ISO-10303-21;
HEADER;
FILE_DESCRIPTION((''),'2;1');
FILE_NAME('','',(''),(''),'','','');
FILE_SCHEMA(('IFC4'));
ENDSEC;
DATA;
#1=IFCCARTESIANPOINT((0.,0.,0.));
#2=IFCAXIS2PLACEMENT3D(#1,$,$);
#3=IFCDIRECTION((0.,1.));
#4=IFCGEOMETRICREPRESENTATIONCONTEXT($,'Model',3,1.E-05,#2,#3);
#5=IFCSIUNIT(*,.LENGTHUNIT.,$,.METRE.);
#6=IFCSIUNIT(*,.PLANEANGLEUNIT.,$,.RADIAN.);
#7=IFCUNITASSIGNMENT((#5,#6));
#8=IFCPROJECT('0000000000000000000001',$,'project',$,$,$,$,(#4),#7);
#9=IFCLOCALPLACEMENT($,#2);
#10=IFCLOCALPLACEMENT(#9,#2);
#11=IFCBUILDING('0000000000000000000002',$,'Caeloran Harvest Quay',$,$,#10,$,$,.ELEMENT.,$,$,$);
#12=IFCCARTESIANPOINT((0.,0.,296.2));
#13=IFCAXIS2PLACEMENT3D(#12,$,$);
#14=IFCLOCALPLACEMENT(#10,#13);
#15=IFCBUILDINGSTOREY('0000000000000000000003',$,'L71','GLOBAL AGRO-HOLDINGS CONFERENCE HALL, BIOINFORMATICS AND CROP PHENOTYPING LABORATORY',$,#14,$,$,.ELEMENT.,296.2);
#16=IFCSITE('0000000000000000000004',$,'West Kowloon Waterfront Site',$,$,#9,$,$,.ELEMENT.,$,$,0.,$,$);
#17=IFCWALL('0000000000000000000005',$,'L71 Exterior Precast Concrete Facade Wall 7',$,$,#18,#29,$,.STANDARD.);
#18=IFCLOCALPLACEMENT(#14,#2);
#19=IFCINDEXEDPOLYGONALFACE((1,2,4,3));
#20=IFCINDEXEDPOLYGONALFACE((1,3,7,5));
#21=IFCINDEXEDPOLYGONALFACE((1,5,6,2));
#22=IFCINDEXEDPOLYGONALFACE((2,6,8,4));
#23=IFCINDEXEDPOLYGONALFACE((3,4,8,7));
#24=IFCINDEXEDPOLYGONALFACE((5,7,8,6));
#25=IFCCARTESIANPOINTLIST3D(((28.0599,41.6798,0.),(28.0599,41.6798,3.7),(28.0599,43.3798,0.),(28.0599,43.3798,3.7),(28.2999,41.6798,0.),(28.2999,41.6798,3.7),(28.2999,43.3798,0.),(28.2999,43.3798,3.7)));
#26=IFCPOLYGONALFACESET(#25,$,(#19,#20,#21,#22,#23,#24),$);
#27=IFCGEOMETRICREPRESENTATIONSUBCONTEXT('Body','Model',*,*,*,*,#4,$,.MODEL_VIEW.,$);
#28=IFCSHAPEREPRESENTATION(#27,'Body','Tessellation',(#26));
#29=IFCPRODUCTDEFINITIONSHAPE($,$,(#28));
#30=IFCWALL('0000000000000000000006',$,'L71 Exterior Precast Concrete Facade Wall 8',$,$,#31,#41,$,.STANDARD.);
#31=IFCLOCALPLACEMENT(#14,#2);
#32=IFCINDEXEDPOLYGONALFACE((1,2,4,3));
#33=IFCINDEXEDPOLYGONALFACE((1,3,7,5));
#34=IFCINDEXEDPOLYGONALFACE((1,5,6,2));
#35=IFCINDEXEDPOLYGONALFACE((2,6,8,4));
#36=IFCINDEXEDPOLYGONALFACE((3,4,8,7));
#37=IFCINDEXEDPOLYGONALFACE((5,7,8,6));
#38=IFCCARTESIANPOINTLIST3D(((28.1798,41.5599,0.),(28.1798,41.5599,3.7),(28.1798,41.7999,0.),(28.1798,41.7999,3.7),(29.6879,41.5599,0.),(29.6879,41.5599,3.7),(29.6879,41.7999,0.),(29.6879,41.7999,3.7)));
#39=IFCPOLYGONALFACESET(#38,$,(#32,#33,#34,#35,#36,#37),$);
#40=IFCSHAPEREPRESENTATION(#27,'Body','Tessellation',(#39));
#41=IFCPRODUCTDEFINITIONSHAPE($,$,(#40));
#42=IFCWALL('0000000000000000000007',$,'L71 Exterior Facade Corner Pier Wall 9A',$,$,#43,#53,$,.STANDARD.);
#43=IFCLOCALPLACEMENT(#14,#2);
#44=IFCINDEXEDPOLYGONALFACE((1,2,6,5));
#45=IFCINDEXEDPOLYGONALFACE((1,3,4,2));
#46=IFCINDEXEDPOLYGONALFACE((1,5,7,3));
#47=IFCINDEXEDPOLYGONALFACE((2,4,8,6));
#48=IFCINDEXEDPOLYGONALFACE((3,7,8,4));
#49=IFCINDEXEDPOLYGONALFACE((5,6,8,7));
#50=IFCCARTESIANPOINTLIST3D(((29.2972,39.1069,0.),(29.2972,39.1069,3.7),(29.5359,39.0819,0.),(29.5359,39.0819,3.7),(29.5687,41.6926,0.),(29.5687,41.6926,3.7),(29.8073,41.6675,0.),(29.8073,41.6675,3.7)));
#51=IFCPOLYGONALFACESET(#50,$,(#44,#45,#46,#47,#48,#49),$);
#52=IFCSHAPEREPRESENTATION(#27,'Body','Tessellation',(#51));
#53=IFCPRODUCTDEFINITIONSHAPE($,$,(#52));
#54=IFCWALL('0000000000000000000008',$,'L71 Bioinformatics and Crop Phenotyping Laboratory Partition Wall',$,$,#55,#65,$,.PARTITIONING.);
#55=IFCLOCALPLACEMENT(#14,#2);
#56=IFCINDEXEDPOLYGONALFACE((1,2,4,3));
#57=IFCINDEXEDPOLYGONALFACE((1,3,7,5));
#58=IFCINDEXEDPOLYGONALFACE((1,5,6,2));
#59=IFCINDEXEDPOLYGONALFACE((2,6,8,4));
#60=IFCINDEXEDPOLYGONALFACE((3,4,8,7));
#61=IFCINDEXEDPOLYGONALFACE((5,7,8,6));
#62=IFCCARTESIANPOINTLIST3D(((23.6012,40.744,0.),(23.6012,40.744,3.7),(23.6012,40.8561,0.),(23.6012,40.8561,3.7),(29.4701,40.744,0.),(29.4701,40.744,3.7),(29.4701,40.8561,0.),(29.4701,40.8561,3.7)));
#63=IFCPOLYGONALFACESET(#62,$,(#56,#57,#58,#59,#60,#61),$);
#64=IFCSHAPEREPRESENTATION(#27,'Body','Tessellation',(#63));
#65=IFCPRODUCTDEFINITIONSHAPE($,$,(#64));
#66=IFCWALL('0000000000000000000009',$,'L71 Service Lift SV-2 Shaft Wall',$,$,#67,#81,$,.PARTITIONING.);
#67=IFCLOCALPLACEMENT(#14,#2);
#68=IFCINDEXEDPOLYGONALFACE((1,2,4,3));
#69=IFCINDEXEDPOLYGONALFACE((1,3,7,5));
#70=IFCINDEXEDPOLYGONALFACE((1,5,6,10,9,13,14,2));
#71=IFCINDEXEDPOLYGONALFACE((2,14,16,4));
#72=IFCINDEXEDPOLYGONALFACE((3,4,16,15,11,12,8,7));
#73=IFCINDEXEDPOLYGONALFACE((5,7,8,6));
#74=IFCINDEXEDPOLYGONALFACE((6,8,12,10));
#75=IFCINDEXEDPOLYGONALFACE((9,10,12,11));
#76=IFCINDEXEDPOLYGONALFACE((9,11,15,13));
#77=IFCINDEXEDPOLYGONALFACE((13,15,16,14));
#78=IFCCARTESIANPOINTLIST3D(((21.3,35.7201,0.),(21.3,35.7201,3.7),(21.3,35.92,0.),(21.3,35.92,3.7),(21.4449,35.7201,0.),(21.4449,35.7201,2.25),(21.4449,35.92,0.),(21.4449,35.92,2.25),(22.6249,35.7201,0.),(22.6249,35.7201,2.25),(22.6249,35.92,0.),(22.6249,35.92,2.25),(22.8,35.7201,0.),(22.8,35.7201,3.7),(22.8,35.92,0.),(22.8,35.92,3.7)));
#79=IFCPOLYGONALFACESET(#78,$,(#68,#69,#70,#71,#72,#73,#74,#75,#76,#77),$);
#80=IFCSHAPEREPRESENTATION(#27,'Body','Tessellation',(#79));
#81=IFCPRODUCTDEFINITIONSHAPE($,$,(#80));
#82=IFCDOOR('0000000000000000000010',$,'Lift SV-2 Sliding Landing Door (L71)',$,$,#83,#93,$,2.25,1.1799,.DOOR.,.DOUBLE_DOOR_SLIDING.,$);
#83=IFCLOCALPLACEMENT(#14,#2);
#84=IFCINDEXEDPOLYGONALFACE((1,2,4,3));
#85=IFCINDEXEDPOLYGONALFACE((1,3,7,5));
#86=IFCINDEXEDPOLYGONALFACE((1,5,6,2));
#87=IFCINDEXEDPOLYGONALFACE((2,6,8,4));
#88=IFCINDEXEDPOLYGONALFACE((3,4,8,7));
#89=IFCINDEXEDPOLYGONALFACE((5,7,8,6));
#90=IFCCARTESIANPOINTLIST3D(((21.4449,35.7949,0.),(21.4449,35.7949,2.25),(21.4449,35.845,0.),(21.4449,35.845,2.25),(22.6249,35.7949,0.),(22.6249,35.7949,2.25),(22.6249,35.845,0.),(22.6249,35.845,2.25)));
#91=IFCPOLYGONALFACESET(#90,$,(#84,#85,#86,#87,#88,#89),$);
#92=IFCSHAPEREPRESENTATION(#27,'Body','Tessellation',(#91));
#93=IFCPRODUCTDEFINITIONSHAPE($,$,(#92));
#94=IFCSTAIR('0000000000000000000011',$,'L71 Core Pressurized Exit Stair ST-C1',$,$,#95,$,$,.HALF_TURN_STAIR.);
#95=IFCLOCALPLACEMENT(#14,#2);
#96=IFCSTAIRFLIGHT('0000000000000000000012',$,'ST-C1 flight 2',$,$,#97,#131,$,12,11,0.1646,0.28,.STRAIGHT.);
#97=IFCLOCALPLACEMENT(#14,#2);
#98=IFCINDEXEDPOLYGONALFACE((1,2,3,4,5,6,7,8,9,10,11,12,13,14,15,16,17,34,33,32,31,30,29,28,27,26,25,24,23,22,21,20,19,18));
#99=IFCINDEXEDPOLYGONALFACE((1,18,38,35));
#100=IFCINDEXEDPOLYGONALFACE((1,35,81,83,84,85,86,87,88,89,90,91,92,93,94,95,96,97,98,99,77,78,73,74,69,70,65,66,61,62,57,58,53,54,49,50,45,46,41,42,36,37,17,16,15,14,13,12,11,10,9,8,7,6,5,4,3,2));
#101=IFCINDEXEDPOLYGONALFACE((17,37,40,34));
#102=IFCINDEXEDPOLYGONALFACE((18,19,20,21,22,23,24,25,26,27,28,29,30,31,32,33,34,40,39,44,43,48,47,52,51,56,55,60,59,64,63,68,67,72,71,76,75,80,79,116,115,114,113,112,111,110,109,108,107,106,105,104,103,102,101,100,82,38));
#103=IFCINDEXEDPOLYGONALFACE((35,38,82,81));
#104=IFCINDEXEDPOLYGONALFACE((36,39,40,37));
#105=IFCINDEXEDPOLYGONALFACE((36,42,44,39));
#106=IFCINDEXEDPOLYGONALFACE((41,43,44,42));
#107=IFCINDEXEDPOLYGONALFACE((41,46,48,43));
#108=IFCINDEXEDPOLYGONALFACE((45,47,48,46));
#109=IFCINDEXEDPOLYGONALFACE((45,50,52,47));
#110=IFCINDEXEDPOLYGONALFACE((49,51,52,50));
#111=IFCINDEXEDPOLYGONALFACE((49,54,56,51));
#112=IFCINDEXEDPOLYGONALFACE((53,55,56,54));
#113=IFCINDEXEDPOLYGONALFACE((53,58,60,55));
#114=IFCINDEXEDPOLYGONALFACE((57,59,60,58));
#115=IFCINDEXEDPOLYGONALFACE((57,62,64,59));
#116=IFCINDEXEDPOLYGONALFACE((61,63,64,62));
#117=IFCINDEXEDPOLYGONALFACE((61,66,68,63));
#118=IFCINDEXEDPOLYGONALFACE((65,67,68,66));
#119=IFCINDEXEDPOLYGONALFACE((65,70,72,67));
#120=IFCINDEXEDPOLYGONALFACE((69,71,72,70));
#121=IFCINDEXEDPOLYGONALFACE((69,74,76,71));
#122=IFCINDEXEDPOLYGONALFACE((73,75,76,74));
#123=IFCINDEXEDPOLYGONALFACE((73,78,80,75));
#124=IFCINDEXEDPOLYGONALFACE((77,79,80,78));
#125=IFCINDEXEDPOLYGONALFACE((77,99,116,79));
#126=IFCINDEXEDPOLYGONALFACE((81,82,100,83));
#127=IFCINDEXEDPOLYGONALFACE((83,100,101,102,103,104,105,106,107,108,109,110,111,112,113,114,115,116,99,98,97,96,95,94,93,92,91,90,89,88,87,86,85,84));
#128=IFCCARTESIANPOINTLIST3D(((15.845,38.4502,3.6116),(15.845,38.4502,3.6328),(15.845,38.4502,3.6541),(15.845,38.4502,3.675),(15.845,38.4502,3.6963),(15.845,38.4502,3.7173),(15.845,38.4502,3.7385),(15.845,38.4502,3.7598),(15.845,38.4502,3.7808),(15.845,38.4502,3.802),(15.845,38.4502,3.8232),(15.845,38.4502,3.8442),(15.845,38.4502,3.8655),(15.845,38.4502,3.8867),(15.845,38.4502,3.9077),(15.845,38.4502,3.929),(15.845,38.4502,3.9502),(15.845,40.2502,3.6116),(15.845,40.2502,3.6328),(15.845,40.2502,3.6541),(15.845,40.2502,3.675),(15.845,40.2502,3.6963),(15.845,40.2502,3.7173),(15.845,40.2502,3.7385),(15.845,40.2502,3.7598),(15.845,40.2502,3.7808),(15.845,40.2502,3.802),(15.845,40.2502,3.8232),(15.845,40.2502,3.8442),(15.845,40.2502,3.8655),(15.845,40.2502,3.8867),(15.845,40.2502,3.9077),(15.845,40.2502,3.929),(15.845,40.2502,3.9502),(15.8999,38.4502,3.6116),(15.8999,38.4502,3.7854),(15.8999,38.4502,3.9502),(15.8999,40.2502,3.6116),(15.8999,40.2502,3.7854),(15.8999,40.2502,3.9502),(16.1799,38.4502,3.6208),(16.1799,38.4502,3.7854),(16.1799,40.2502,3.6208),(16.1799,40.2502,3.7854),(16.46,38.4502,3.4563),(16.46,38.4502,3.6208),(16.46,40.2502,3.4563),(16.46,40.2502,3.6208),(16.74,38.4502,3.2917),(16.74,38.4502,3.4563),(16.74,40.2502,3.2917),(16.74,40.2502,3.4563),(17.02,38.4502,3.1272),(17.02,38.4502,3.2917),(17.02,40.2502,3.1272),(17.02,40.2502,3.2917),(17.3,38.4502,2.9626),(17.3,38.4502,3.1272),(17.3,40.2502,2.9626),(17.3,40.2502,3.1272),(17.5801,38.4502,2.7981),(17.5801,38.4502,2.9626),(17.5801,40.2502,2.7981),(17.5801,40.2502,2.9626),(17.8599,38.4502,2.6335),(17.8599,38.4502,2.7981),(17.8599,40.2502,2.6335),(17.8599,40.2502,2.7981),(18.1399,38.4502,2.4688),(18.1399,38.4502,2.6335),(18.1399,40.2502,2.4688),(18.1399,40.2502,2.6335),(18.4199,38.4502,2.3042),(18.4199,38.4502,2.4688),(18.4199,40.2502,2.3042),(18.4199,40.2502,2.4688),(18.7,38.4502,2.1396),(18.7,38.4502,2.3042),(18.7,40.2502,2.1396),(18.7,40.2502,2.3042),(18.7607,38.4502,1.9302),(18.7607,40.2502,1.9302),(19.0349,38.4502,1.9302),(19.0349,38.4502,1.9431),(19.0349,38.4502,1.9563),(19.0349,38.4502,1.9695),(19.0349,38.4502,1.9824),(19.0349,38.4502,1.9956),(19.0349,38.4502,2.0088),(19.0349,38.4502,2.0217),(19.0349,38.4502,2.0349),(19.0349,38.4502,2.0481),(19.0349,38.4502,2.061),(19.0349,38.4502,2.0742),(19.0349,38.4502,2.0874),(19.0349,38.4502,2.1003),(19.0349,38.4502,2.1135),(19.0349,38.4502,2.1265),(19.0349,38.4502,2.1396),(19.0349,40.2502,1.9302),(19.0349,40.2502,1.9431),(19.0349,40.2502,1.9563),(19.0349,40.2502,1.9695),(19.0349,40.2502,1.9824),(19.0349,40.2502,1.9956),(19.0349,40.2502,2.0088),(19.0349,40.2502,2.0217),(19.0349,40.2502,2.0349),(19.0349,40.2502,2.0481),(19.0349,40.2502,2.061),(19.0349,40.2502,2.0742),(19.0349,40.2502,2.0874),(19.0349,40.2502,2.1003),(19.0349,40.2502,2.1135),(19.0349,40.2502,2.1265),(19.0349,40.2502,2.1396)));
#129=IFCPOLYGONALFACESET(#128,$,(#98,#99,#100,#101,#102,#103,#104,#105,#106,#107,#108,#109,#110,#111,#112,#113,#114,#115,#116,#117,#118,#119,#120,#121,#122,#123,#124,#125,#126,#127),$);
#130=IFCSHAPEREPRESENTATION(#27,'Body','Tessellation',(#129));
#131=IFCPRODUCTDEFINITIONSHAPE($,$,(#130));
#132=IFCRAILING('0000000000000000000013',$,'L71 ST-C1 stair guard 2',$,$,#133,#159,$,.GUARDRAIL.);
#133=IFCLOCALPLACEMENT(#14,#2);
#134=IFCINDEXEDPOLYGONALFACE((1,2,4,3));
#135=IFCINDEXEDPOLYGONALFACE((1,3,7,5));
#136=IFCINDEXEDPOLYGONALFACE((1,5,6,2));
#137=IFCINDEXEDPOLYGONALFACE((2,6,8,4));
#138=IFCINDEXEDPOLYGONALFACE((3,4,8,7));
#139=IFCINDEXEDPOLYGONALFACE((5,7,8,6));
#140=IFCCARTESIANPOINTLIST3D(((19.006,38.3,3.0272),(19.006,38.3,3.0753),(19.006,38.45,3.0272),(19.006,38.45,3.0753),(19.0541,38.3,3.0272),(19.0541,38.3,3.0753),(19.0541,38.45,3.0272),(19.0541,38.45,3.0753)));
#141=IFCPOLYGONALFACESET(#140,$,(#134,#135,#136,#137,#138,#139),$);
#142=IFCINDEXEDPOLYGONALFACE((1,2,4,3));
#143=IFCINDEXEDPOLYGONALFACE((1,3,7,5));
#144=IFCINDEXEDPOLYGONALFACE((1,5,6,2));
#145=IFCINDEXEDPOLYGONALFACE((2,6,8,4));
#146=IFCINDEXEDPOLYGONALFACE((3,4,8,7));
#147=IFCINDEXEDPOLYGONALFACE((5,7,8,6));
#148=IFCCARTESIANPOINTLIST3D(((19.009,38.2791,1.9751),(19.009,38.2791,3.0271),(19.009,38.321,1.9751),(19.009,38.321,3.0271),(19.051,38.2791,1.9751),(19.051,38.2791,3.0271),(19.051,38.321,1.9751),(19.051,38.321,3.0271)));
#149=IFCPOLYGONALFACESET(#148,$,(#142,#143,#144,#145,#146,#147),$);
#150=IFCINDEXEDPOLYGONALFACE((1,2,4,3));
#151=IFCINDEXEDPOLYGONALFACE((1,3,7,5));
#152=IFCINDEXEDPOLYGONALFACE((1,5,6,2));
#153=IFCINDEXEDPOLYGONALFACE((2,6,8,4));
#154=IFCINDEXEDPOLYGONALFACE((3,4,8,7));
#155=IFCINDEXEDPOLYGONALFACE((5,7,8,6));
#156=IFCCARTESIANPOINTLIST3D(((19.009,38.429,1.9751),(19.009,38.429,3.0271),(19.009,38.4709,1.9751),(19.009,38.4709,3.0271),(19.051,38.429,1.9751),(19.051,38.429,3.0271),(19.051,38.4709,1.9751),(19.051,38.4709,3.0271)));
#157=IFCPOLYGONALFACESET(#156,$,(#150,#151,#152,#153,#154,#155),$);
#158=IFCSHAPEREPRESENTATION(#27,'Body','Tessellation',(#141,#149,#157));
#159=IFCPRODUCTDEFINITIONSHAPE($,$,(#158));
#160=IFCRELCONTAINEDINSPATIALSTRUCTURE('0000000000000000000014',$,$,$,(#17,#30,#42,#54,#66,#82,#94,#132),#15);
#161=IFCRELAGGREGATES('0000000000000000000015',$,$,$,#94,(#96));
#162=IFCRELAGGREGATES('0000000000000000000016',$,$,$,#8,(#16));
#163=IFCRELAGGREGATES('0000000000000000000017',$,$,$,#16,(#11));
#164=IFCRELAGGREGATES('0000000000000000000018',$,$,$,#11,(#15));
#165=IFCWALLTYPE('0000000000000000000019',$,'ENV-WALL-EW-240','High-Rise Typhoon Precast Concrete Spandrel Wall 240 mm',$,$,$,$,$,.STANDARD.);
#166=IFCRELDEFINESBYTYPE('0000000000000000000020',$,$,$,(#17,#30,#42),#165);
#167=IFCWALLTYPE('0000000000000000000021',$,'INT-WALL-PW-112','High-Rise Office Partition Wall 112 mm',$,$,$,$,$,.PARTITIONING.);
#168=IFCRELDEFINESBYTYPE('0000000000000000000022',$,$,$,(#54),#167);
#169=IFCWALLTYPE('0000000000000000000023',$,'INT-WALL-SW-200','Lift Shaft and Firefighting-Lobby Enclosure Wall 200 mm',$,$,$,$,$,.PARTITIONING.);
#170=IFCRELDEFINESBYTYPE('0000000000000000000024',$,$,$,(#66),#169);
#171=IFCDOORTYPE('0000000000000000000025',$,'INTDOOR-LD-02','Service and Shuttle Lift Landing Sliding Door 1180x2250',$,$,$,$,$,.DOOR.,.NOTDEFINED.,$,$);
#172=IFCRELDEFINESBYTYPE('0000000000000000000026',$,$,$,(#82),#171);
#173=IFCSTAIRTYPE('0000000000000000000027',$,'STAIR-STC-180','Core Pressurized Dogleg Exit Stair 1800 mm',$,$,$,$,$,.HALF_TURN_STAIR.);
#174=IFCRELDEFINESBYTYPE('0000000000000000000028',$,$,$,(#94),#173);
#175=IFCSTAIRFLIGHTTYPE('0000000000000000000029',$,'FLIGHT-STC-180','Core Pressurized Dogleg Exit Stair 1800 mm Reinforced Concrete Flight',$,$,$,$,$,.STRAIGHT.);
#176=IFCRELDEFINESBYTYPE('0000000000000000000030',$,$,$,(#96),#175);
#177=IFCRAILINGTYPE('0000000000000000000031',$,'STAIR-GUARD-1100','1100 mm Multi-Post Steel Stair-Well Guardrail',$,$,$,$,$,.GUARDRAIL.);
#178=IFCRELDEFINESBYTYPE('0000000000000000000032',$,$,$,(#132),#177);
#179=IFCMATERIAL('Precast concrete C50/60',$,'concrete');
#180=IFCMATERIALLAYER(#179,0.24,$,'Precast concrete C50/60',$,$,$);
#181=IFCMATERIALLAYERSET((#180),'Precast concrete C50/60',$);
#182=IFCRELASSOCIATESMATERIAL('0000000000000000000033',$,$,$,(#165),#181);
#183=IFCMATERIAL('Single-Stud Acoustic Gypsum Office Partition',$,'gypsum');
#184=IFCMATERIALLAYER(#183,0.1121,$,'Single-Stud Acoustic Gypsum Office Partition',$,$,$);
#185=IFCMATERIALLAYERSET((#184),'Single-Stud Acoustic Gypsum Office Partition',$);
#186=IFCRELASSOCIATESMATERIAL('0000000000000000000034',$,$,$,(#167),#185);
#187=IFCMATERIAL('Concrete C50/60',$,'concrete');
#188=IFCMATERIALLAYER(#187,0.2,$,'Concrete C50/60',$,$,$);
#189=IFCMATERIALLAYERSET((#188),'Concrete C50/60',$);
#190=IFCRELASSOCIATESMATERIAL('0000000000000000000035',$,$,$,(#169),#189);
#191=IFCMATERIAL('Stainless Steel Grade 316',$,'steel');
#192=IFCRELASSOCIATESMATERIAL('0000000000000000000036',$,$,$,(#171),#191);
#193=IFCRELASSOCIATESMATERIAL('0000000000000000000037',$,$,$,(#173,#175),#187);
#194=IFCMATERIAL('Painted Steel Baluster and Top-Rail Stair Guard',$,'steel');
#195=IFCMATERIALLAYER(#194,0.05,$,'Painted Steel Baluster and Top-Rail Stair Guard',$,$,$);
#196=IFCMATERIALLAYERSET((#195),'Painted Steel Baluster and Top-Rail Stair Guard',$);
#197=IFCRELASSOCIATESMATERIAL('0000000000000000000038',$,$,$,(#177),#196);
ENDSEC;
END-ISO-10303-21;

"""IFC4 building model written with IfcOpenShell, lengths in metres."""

from ifc_helpers import new_model, si_unit, direction, frame, frame_2d, origin, origin_2d, place, context, subcontext, project, spatial, polyline, rectangle, outline, extrude, material, layer, layer_set, type_object, element, fill, aggregate, save


model = new_model("IFC4")

# Units and contexts
model_context = context("Model", 3, precision=1e-05, world=origin(), true_north=direction((0.0, 1.0)))
body_context = subcontext(model_context, "Body", "Model", "MODEL_VIEW")
ifc_project = project(units=[si_unit("LENGTHUNIT", "METRE"), si_unit("PLANEANGLEUNIT", "RADIAN")], contexts=[model_context])

# Site, building, storey
site_placement = place(None, origin())
site = spatial("IfcSite", under=ifc_project, at=site_placement, Name="West Kowloon Waterfront Site", CompositionType="ELEMENT", RefElevation=0.0)
building_placement = place(site_placement, origin())
building = spatial("IfcBuilding", under=site, at=building_placement, Name="Caeloran Harvest Quay", CompositionType="ELEMENT")
storey_placement = place(building_placement, frame((0.0, 0.0, 296.2)))
storey = spatial("IfcBuildingStorey", under=building, at=storey_placement, Name="L71", Description="GLOBAL AGRO-HOLDINGS CONFERENCE HALL, BIOINFORMATICS AND CROP PHENOTYPING LABORATORY", CompositionType="ELEMENT", Elevation=296.2)

# Walls
ifc_material_1 = material(Name="Precast concrete C50/60", Category="concrete")
ifc_layer_1 = layer(ifc_material_1, 0.24, Name="Precast concrete C50/60")
ifc_layer_set_1 = layer_set([ifc_layer_1], Name="Precast concrete C50/60")
wall_type_1 = type_object("IfcWallType", Name="ENV-WALL-EW-240", Description="High-Rise Typhoon Precast Concrete Spandrel Wall 240 mm", PredefinedType="STANDARD", material=ifc_layer_set_1)
wall_1_placement = place(storey_placement, frame((28.1799, 43.3799, 0.0), z_axis=(0.0, 0.0, 1.0), x_axis=(0.0, -1.0, 0.0)))
element("IfcWall", 1, at=wall_1_placement, inside=storey, type_object=wall_type_1, Name="L71 Exterior Precast Concrete Facade Wall 7", PredefinedType="STANDARD", context=body_context, shape_type="SweptSolid", body=[
    extrude(rectangle(XDim=1.7, YDim=0.24, at=frame_2d((0.8501, 0.0))), origin(), (0.0, 0.0, 1.0), 3.7),
])
wall_2_placement = place(storey_placement, frame((28.1799, 41.6799, 0.0), z_axis=(0.0, 0.0, 1.0), x_axis=(1.0, 0.0, 0.0)))
element("IfcWall", 2, at=wall_2_placement, inside=storey, type_object=wall_type_1, Name="L71 Exterior Precast Concrete Facade Wall 8", PredefinedType="STANDARD", context=body_context, shape_type="SweptSolid", body=[
    extrude(rectangle(XDim=1.5081, YDim=0.24, at=frame_2d((0.7539, 0.0))), origin(), (0.0, 0.0, 1.0), 3.7),
])
wall_3_placement = place(storey_placement, frame((29.688, 41.6799, 0.0), z_axis=(0.0, 0.0, 1.0), x_axis=(-0.104421, -0.994533, 0.0)))
element("IfcWall", 3, at=wall_3_placement, inside=storey, type_object=wall_type_1, Name="L71 Exterior Facade Corner Pier Wall 9A", PredefinedType="STANDARD", context=body_context, shape_type="SweptSolid", body=[
    extrude(rectangle(XDim=2.5999, YDim=0.24, at=frame_2d((1.2998, 0.0))), origin(), (0.0, 0.0, 1.0), 3.7),
])
ifc_material_2 = material(Name="Single-Stud Acoustic Gypsum Office Partition", Category="gypsum")
ifc_layer_2 = layer(ifc_material_2, 0.1121, Name="Single-Stud Acoustic Gypsum Office Partition")
ifc_layer_set_2 = layer_set([ifc_layer_2], Name="Single-Stud Acoustic Gypsum Office Partition")
wall_type_2 = type_object("IfcWallType", Name="INT-WALL-PW-112", Description="High-Rise Office Partition Wall 112 mm", PredefinedType="PARTITIONING", material=ifc_layer_set_2)
wall_4_placement = place(storey_placement, frame((23.6011, 40.8, 0.0), z_axis=(0.0, 0.0, 1.0), x_axis=(1.0, 0.0, 0.0)))
element("IfcWall", 4, at=wall_4_placement, inside=storey, type_object=wall_type_2, Name="L71 Bioinformatics and Crop Phenotyping Laboratory Partition Wall", PredefinedType="PARTITIONING", context=body_context, shape_type="SweptSolid", body=[
    extrude(rectangle(XDim=5.8689, YDim=0.1121, at=frame_2d((2.9346, 0.0))), origin(), (0.0, 0.0, 1.0), 3.7),
])

# Wall, opening, door
ifc_material_3 = material(Name="Concrete C50/60", Category="concrete")
ifc_layer_3 = layer(ifc_material_3, 0.2, Name="Concrete C50/60")
ifc_layer_set_3 = layer_set([ifc_layer_3], Name="Concrete C50/60")
wall_type_3 = type_object("IfcWallType", Name="INT-WALL-SW-200", Description="Lift Shaft and Firefighting-Lobby Enclosure Wall 200 mm", PredefinedType="PARTITIONING", material=ifc_layer_set_3)
wall_5_placement = place(storey_placement, frame((21.3, 35.8201, 0.0), z_axis=(0.0, 0.0, 1.0), x_axis=(1.0, 0.0, 0.0)))
wall_5 = element("IfcWall", 5, at=wall_5_placement, inside=storey, type_object=wall_type_3, Name="L71 Service Lift SV-2 Shaft Wall", PredefinedType="PARTITIONING", context=body_context, shape_type="SweptSolid", body=[
    extrude(rectangle(XDim=1.5, YDim=0.2, at=frame_2d((0.75, 0.0))), origin(), (0.0, 0.0, 1.0), 3.7),
])
opening_placement = place(wall_5_placement, frame((0.145, 0.0, 0.0)))
opening = element("IfcOpeningElement", 6, at=opening_placement, cuts=wall_5, PredefinedType="OPENING", context=body_context, shape_type="SweptSolid", body=[
    extrude(rectangle(XDim=1.1799, YDim=2.25, at=frame_2d((0.5898, 1.125))), frame((0.0, 0.1099, 0.0), z_axis=(0.0, -1.0, 0.0), x_axis=(1.0, 0.0, 0.0)), (0.0, 0.0, 1.0), 0.22),
])
ifc_material_4 = material(Name="Stainless Steel Grade 316", Category="steel")
door_type = type_object("IfcDoorType", Name="INTDOOR-LD-02", Description="Service and Shuttle Lift Landing Sliding Door 1180x2250", OperationType="NOTDEFINED", PredefinedType="DOOR", material=ifc_material_4)
door_placement = place(opening_placement, origin())
door = element("IfcDoor", 7, at=door_placement, inside=storey, type_object=door_type, Name="Lift SV-2 Sliding Landing Door (L71)", OperationType="DOUBLE_DOOR_SLIDING", OverallHeight=2.25, OverallWidth=1.1799, PredefinedType="DOOR", context=body_context, shape_type="SweptSolid", body=[
    extrude(rectangle(XDim=1.1799, YDim=2.25, at=frame_2d((0.5898, 1.125))), frame((0.0, 0.0249, 0.0), z_axis=(0.0, -1.0, 0.0), x_axis=(1.0, 0.0, 0.0)), (0.0, 0.0, 1.0), 0.05),
])
fill(opening, door)

# Stair, stair flight
stair_type = type_object("IfcStairType", Name="STAIR-STC-180", Description="Core Pressurized Dogleg Exit Stair 1800 mm", PredefinedType="HALF_TURN_STAIR", material=ifc_material_3)
stair_placement = place(storey_placement, origin())
stair = element("IfcStair", 8, at=stair_placement, inside=storey, type_object=stair_type, Name="L71 Core Pressurized Exit Stair ST-C1", PredefinedType="HALF_TURN_STAIR")
stair_flight_type = type_object("IfcStairFlightType", Name="FLIGHT-STC-180", Description="Core Pressurized Dogleg Exit Stair 1800 mm Reinforced Concrete Flight", PredefinedType="STRAIGHT", material=ifc_material_3)
stair_flight_placement = place(storey_placement, frame((18.98, 39.3501, 1.9751), z_axis=(0.0, 0.0, 1.0), x_axis=(-1.0, 0.0, 0.0)))
stair_flight = element("IfcStairFlight", 9, at=stair_flight_placement, type_object=stair_flight_type, Name="ST-C1 flight 2", NumberOfRisers=12, NumberOfTreads=11, PredefinedType="STRAIGHT", RiserHeight=0.1646, TreadLength=0.28, context=body_context, shape_type="SweptSolid", body=[
    extrude(outline(polyline([(-0.0549, -0.0449), (-0.0549, -0.032), (-0.0549, -0.0188), (-0.0549, -0.0056), (-0.0549, 0.0073), (-0.0549, 0.0205), (-0.0549, 0.0337), (-0.0549, 0.0466), (-0.0549, 0.0598), (-0.0549, 0.073), (-0.0549, 0.0859), (-0.0549, 0.0991), (-0.0549, 0.1123), (-0.0549, 0.1252), (-0.0549, 0.1384), (-0.0549, 0.1514), (-0.0549, 0.1646), (0.28, 0.1646), (0.28, 0.3291), (0.5601, 0.3291), (0.5601, 0.4937), (0.8401, 0.4937), (0.8401, 0.6584), (1.1201, 0.6584), (1.1201, 0.823), (1.3999, 0.823), (1.3999, 0.9875), (1.6799, 0.9875), (1.6799, 1.1521), (1.96, 1.1521), (1.96, 1.3167), (2.24, 1.3167), (2.24, 1.4812), (2.52, 1.4812), (2.52, 1.6458), (2.8, 1.6458), (2.8, 1.8103), (3.0801, 1.8103), (3.0801, 1.9751), (3.135, 1.9751), (3.135, 1.9539), (3.135, 1.9326), (3.135, 1.9116), (3.135, 1.8904), (3.135, 1.8691), (3.135, 1.8481), (3.135, 1.8269), (3.135, 1.8057), (3.135, 1.7847), (3.135, 1.7634), (3.135, 1.7422), (3.135, 1.7212), (3.135, 1.7), (3.135, 1.679), (3.135, 1.6577), (3.135, 1.6365), (3.0801, 1.6365), (0.2192, -0.0449), (-0.0549, -0.0449)])), frame((0.0, 0.8999, 0.0), z_axis=(0.0, -1.0, 0.0), x_axis=(1.0, 0.0, 0.0)), (0.0, 0.0, 1.0), 1.8),
])
aggregate(stair, [stair_flight])

# Railing
ifc_material_5 = material(Name="Painted Steel Baluster and Top-Rail Stair Guard", Category="steel")
ifc_layer_4 = layer(ifc_material_5, 0.05, Name="Painted Steel Baluster and Top-Rail Stair Guard")
ifc_layer_set_4 = layer_set([ifc_layer_4], Name="Painted Steel Baluster and Top-Rail Stair Guard")
railing_type_1 = type_object("IfcRailingType", Name="STAIR-GUARD-1100", Description="1100 mm Multi-Post Steel Stair-Well Guardrail", PredefinedType="GUARDRAIL", material=ifc_layer_set_4)
railing_1_placement = place(storey_placement, frame((19.03, 38.3, 1.9751)))
element("IfcRailing", 10, at=railing_1_placement, inside=storey, type_object=railing_type_1, Name="L71 ST-C1 stair guard 2", PredefinedType="GUARDRAIL", context=body_context, shape_type="SweptSolid", body=[
    extrude(rectangle(XDim=0.0481, YDim=0.0481, at=origin_2d()), frame((0.0, 0.0, 1.0762), z_axis=(0.0, 1.0, 0.0), x_axis=(-1.0, 0.0, 0.0)), (0.0, 0.0, 1.0), 0.1499),
    extrude(rectangle(XDim=0.042, YDim=0.042, at=origin_2d()), origin(), (0.0, 0.0, 1.0), 1.052),
    extrude(rectangle(XDim=0.042, YDim=0.042, at=origin_2d()), frame((0.0, 0.1499, 0.0)), (0.0, 0.0, 1.0), 1.052),
])

save(model, "model.ifc")
